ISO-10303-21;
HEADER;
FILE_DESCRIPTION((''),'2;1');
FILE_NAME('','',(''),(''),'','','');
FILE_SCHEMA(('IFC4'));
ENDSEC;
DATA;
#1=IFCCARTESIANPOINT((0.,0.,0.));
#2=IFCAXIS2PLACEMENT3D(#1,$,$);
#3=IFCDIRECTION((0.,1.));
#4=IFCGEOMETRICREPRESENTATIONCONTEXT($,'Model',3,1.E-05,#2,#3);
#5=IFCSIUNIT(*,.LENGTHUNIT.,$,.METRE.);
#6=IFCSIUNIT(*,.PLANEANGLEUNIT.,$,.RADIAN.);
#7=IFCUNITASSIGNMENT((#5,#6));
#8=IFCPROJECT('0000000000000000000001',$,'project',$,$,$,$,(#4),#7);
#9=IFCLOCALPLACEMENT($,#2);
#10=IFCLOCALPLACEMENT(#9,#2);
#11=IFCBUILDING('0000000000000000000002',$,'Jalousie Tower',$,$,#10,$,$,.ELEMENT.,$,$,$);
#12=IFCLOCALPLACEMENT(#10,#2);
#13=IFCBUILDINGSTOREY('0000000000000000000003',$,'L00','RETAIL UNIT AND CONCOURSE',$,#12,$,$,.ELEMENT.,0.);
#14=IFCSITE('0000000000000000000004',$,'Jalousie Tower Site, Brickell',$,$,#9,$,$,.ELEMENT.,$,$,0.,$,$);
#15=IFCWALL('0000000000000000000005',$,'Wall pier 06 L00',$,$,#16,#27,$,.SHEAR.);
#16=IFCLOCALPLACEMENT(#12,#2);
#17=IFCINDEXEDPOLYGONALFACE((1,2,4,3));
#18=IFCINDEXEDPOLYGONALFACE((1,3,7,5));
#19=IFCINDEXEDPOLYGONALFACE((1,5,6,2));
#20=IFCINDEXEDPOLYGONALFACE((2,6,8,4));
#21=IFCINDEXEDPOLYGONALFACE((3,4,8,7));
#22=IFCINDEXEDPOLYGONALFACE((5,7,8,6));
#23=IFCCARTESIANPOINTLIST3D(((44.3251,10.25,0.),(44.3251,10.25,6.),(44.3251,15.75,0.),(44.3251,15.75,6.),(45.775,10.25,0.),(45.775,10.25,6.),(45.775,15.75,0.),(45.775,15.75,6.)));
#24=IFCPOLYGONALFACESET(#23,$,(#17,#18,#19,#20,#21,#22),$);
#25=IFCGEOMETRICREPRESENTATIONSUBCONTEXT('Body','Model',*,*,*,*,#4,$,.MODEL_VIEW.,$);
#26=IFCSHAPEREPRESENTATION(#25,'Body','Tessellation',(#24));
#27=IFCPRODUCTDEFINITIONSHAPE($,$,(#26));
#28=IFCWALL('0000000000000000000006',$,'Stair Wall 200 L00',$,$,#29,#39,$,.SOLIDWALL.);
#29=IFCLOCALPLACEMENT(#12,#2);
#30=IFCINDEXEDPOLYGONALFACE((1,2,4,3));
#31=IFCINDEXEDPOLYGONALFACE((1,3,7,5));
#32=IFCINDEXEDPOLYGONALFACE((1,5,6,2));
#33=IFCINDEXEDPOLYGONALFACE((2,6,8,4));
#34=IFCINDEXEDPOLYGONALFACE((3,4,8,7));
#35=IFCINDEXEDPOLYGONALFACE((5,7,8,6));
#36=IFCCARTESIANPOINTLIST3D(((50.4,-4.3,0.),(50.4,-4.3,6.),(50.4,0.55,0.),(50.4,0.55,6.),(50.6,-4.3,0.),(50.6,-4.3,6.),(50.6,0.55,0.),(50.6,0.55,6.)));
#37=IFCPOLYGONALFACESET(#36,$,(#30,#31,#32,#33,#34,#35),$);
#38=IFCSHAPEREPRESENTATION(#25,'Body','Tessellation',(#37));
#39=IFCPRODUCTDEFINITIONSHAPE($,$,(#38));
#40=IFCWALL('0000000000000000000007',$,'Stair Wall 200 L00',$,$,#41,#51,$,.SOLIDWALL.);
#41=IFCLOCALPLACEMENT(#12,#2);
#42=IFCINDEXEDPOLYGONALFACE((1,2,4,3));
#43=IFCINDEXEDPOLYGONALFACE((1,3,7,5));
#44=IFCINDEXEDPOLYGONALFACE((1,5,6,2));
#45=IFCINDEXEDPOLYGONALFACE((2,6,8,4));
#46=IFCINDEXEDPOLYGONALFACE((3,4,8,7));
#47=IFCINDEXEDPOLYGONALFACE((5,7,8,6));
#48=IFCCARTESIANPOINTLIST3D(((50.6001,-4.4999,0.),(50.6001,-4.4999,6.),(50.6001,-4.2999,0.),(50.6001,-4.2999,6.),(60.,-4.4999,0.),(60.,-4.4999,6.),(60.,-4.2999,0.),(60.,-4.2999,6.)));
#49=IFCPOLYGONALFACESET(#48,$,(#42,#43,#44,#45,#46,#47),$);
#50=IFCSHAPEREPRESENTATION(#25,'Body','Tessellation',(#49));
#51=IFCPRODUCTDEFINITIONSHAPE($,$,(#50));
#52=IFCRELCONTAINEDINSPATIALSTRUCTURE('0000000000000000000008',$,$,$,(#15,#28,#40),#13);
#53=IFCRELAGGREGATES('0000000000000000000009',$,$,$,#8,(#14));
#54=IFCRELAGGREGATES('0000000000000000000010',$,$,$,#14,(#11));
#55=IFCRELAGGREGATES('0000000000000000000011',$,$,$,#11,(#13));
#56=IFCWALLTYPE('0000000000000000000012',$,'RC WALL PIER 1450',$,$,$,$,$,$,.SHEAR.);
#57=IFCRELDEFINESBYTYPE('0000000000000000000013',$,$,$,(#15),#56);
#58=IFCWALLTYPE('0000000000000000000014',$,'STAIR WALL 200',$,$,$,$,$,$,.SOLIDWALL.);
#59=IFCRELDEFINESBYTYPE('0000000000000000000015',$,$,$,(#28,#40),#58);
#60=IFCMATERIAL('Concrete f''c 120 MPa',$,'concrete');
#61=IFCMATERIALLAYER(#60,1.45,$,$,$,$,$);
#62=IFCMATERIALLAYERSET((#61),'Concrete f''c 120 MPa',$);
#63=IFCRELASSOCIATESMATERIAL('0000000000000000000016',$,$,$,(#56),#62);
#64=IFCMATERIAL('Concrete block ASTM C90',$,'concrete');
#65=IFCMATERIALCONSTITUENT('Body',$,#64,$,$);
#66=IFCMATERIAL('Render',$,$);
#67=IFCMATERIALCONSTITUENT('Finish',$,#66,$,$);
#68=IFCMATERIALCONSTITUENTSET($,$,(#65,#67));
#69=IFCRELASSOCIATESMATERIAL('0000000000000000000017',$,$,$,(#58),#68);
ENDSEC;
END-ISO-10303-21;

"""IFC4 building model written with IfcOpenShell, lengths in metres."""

from ifc_helpers import new_model, si_unit, direction, frame, frame_2d, origin, place, context, subcontext, project, spatial, rectangle, extrude, material, layer, layer_set, constituent, constituent_set, type_object, element, save


model = new_model("IFC4")

# Units and contexts
model_context = context("Model", 3, precision=1e-05, world=origin(), true_north=direction((0.0, 1.0)))
body_context = subcontext(model_context, "Body", "Model", "MODEL_VIEW")
ifc_project = project(units=[si_unit("LENGTHUNIT", "METRE"), si_unit("PLANEANGLEUNIT", "RADIAN")], contexts=[model_context])

# Site, building, storey
site_placement = place(None, origin())
site = spatial("IfcSite", under=ifc_project, at=site_placement, Name="Jalousie Tower Site, Brickell", CompositionType="ELEMENT", RefElevation=0.0)
building_placement = place(site_placement, origin())
building = spatial("IfcBuilding", under=site, at=building_placement, Name="Jalousie Tower", CompositionType="ELEMENT")
storey_placement = place(building_placement, origin())
storey = spatial("IfcBuildingStorey", under=building, at=storey_placement, Name="L00", Description="RETAIL UNIT AND CONCOURSE", CompositionType="ELEMENT", Elevation=0.0)

# Walls
ifc_material_1 = material(Name="Concrete f'c 120 MPa", Category="concrete")
ifc_layer_1 = layer(ifc_material_1, 1.45)
ifc_layer_set_1 = layer_set([ifc_layer_1], Name="Concrete f'c 120 MPa")
wall_type_1 = type_object("IfcWallType", Name="RC WALL PIER 1450", PredefinedType="SHEAR", material=ifc_layer_set_1)
wall_1_placement = place(storey_placement, frame((45.05, 10.25, 0.0), z_axis=(0.0, 0.0, 1.0), x_axis=(0.0, 1.0, 0.0)))
element("IfcWall", 1, at=wall_1_placement, inside=storey, type_object=wall_type_1, Name="Wall pier 06 L00", PredefinedType="SHEAR", context=body_context, shape_type="SweptSolid", body=[
    extrude(rectangle(XDim=5.5, YDim=1.45, at=frame_2d((2.75, 0.0))), origin(), (0.0, 0.0, 1.0), 6.0),
])
ifc_material_2 = material(Name="Concrete block ASTM C90", Category="concrete")
ifc_constituent_1 = constituent(ifc_material_2, Name="Body")
ifc_material_3 = material(Name="Render")
ifc_constituent_2 = constituent(ifc_material_3, Name="Finish")
ifc_constituent_set_1 = constituent_set(constituents=[ifc_constituent_1, ifc_constituent_2])
wall_type_2 = type_object("IfcWallType", Name="STAIR WALL 200", PredefinedType="SOLIDWALL", material=ifc_constituent_set_1)
wall_2_placement = place(storey_placement, frame((50.5, -4.3, 0.0), z_axis=(0.0, 0.0, 1.0), x_axis=(0.0, 1.0, 0.0)))
element("IfcWall", 2, at=wall_2_placement, inside=storey, type_object=wall_type_2, Name="Stair Wall 200 L00", PredefinedType="SOLIDWALL", context=body_context, shape_type="SweptSolid", body=[
    extrude(rectangle(XDim=4.8501, YDim=0.2, at=frame_2d((2.425, 0.0))), origin(), (0.0, 0.0, 1.0), 6.0),
])
wall_3_placement = place(storey_placement, frame((50.6001, -4.3999, 0.0), z_axis=(0.0, 0.0, 1.0), x_axis=(1.0, 0.0, 0.0)))
element("IfcWall", 3, at=wall_3_placement, inside=storey, type_object=wall_type_2, Name="Stair Wall 200 L00", PredefinedType="SOLIDWALL", context=body_context, shape_type="SweptSolid", body=[
    extrude(rectangle(XDim=9.3999, YDim=0.2, at=frame_2d((4.7, 0.0))), origin(), (0.0, 0.0, 1.0), 6.0),
])

save(model, "model.ifc")
